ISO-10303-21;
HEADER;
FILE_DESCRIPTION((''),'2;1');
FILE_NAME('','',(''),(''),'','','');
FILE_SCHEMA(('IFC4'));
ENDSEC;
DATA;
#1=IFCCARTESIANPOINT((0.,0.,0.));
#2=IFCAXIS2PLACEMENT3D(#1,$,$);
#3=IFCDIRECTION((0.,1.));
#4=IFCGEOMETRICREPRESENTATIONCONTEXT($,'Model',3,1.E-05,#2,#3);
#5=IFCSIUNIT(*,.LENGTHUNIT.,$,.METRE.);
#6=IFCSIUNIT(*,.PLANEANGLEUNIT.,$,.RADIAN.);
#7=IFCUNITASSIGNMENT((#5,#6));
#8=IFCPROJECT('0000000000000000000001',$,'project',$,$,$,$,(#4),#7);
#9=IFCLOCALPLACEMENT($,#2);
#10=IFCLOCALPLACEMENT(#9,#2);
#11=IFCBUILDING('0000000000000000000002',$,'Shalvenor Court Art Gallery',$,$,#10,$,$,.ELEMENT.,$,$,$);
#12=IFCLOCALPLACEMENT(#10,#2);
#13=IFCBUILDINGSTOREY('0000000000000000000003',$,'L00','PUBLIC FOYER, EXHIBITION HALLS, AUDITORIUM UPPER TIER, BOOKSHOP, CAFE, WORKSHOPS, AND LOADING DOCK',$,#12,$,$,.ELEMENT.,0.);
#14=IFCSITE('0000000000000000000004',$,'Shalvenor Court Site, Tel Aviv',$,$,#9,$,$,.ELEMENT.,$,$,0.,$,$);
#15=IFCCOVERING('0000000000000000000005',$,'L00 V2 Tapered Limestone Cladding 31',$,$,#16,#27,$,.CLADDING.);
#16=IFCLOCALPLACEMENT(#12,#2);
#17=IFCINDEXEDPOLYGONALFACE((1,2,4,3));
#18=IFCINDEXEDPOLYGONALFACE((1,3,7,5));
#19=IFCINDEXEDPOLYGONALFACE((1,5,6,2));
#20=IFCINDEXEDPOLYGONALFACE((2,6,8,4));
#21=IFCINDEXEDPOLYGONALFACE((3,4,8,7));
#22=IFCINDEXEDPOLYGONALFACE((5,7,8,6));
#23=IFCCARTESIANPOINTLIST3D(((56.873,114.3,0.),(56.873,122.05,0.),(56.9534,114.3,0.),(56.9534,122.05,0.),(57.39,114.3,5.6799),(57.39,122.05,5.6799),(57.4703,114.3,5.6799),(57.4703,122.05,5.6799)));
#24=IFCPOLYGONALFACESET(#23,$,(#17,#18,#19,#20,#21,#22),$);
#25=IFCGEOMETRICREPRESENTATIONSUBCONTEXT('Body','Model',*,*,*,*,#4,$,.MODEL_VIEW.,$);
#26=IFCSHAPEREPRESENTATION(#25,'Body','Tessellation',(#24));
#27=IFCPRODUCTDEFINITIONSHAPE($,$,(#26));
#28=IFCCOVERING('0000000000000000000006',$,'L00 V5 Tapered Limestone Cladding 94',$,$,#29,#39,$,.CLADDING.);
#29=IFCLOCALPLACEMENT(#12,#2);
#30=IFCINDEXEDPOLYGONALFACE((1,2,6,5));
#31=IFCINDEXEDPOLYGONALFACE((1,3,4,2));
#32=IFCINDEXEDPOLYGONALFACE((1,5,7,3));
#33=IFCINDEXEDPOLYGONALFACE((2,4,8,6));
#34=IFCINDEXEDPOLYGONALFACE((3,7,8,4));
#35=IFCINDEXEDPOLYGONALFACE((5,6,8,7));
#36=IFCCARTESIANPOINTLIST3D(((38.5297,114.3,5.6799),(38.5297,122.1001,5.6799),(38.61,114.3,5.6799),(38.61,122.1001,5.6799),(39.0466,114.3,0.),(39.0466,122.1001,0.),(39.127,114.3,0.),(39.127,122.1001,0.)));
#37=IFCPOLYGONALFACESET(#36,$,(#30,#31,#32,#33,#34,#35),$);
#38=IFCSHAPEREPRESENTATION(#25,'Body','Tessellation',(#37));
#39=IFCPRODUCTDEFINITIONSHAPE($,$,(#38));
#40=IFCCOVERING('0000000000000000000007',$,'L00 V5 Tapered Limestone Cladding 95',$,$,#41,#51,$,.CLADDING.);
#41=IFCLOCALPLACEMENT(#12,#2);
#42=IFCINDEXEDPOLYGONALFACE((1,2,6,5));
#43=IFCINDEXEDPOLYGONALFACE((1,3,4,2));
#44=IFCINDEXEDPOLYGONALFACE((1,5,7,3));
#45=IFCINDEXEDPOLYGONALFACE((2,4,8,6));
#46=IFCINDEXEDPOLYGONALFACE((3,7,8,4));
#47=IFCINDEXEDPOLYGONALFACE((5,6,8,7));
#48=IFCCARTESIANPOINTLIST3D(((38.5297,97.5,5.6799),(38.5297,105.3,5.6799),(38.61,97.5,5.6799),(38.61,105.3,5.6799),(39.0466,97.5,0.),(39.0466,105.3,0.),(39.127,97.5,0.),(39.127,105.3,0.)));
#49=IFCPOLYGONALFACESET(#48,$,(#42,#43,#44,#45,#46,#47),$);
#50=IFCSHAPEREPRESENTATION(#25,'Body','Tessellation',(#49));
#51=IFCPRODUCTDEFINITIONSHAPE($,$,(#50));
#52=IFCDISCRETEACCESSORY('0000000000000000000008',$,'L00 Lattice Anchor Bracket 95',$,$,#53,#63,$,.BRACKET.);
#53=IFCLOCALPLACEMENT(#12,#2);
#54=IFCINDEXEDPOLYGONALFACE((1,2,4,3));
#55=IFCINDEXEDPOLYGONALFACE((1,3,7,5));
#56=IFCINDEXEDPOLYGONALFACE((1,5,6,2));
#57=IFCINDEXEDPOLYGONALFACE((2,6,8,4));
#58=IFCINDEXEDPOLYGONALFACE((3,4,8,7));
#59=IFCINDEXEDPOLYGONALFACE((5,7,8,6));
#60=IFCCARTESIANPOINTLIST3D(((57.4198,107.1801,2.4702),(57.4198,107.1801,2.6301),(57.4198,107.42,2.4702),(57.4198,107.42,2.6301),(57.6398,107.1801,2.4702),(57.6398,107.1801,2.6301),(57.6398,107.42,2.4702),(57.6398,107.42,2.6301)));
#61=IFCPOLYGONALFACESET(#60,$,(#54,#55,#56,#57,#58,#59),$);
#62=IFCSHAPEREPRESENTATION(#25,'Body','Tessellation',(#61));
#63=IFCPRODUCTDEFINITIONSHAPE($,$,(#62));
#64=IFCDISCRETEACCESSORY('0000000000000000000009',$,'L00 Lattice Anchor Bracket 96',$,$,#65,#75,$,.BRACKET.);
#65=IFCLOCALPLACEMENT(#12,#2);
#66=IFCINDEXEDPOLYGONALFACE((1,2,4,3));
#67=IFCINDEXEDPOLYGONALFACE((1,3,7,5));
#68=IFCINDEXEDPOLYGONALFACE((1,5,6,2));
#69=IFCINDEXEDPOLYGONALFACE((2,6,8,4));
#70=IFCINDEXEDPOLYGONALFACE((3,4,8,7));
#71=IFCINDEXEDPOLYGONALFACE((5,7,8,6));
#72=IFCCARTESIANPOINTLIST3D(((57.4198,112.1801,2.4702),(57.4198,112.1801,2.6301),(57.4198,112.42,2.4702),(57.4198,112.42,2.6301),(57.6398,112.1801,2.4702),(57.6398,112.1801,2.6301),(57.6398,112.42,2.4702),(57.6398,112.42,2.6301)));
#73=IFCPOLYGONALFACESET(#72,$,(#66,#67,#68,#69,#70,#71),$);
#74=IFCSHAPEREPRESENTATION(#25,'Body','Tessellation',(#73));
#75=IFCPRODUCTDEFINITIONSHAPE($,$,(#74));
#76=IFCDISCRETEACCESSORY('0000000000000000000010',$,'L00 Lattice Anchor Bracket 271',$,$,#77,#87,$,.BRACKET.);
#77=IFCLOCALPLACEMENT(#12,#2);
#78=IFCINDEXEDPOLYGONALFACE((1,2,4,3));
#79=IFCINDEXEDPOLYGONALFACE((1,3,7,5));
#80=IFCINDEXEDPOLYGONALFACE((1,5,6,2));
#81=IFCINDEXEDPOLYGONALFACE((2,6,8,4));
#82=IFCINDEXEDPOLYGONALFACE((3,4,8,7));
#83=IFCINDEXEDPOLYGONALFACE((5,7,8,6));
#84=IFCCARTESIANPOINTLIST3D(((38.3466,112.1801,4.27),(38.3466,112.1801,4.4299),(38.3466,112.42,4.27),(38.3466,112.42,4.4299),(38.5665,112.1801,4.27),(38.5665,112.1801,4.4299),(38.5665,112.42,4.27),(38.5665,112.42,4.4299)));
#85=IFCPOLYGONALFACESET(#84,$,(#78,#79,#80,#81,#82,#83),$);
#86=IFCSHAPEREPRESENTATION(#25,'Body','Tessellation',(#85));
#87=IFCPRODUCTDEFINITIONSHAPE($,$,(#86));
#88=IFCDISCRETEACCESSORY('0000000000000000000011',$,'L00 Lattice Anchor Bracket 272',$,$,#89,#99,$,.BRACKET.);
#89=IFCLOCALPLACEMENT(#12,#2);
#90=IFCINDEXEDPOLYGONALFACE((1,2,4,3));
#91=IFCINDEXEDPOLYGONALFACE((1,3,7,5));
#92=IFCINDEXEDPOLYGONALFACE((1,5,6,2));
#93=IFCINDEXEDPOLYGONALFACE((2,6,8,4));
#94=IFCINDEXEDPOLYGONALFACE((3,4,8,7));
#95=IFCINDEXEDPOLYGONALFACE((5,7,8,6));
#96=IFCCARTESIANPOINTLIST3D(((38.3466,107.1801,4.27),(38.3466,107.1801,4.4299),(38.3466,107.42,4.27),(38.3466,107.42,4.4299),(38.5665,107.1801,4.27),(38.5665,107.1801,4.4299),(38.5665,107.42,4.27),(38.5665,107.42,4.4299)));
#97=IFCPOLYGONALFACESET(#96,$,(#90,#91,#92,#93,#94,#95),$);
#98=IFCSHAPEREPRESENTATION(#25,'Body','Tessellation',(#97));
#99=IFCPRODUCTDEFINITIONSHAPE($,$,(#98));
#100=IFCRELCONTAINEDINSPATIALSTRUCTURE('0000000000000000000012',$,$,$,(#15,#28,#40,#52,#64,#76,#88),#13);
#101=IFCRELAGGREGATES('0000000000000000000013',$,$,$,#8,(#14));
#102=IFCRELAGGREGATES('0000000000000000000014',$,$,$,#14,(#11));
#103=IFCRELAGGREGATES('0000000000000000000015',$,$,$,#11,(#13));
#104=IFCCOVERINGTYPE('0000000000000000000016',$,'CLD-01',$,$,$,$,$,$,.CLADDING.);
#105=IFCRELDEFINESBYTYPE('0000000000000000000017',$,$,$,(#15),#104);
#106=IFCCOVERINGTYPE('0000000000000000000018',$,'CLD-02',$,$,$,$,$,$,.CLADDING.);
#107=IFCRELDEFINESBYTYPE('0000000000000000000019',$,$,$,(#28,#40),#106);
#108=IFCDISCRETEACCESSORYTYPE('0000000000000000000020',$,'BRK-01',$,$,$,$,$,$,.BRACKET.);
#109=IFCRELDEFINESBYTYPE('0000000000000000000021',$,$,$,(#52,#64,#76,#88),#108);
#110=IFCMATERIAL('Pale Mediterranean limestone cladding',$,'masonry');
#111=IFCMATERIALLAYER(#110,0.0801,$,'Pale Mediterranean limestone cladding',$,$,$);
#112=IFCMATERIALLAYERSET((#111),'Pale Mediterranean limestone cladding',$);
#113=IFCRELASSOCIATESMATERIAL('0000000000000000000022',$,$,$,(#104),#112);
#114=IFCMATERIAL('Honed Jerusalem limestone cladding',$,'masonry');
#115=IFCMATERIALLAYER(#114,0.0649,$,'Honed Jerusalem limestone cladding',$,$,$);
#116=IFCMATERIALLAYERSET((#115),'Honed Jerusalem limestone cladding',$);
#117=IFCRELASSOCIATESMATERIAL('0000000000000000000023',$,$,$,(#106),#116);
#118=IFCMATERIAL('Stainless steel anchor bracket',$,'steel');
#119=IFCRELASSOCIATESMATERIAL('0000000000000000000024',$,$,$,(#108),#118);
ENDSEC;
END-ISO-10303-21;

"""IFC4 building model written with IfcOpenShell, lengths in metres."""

from ifc_helpers import new_model, si_unit, direction, frame, origin, origin_2d, place, context, subcontext, project, spatial, polyline, rectangle, outline, extrude, material, layer, layer_set, type_object, element, save


model = new_model("IFC4")

# Units and contexts
model_context = context("Model", 3, precision=1e-05, world=origin(), true_north=direction((0.0, 1.0)))
body_context = subcontext(model_context, "Body", "Model", "MODEL_VIEW")
ifc_project = project(units=[si_unit("LENGTHUNIT", "METRE"), si_unit("PLANEANGLEUNIT", "RADIAN")], contexts=[model_context])

# Site, building, storey
site_placement = place(None, origin())
site = spatial("IfcSite", under=ifc_project, at=site_placement, Name="Shalvenor Court Site, Tel Aviv", CompositionType="ELEMENT", RefElevation=0.0)
building_placement = place(site_placement, origin())
building = spatial("IfcBuilding", under=site, at=building_placement, Name="Shalvenor Court Art Gallery", CompositionType="ELEMENT")
storey_placement = place(building_placement, origin())
storey = spatial("IfcBuildingStorey", under=building, at=storey_placement, Name="L00", Description="PUBLIC FOYER, EXHIBITION HALLS, AUDITORIUM UPPER TIER, BOOKSHOP, CAFE, WORKSHOPS, AND LOADING DOCK", CompositionType="ELEMENT", Elevation=0.0)

# Coverings
ifc_material_1 = material(Name="Pale Mediterranean limestone cladding", Category="masonry")
ifc_layer_1 = layer(ifc_material_1, 0.0801, Name="Pale Mediterranean limestone cladding")
ifc_layer_set_1 = layer_set([ifc_layer_1], Name="Pale Mediterranean limestone cladding")
covering_type_1 = type_object("IfcCoveringType", Name="CLD-01", PredefinedType="CLADDING", material=ifc_layer_set_1)
for number, where, z_axis, x_axis, name in (
    (1, (56.873, 122.05, 0.0), (0.0, 0.0, 1.0), (0.0, -1.0, 0.0), "L00 V2 Tapered Limestone Cladding 31"),
):
    element("IfcCovering", number, at=place(storey_placement, frame(where, z_axis=z_axis, x_axis=x_axis)), inside=storey, type_object=covering_type_1, Name=name, PredefinedType="CLADDING", context=body_context, shape_type="SweptSolid", body=[
        extrude(outline(polyline([(0.0, 0.0), (7.75, 0.0), (7.75, 5.7034), (0.0, 5.7034), (0.0, 0.0)])), frame((0.0, 0.0, 0.0), z_axis=(0.0, -0.995884, 0.090633), x_axis=(1.0, 0.0, 0.0)), (0.0, 0.090633, -0.995884), 0.0803),
    ])
ifc_material_2 = material(Name="Honed Jerusalem limestone cladding", Category="masonry")
ifc_layer_2 = layer(ifc_material_2, 0.0649, Name="Honed Jerusalem limestone cladding")
ifc_layer_set_2 = layer_set([ifc_layer_2], Name="Honed Jerusalem limestone cladding")
covering_type_2 = type_object("IfcCoveringType", Name="CLD-02", PredefinedType="CLADDING", material=ifc_layer_set_2)
for number, where, z_axis, x_axis, name in (
    (2, (39.127, 114.3, 0.0), (0.0, 0.0, 1.0), (0.0, 1.0, 0.0), "L00 V5 Tapered Limestone Cladding 94"),
    (3, (39.127, 97.5, 0.0), (0.0, 0.0, 1.0), (0.0, 1.0, 0.0), "L00 V5 Tapered Limestone Cladding 95"),
):
    element("IfcCovering", number, at=place(storey_placement, frame(where, z_axis=z_axis, x_axis=x_axis)), inside=storey, type_object=covering_type_2, Name=name, PredefinedType="CLADDING", context=body_context, shape_type="SweptSolid", body=[
        extrude(outline(polyline([(0.0, 0.0), (7.8, 0.0), (7.8, 5.7034), (0.0, 5.7034), (0.0, 0.0)])), frame((0.0, 0.0, 0.0), z_axis=(0.0, -0.995884, 0.090633), x_axis=(1.0, 0.0, 0.0)), (0.0, 0.090633, -0.995884), 0.0803),
    ])

# Discrete accessories
ifc_material_3 = material(Name="Stainless steel anchor bracket", Category="steel")
discrete_accessory_type = type_object("IfcDiscreteAccessoryType", Name="BRK-01", PredefinedType="BRACKET", material=ifc_material_3)
for number, where, z_axis, x_axis, name in (
    (4, (57.5298, 107.3, 2.4702), (0.0, 0.0, 1.0), (0.0, 1.0, 0.0), "L00 Lattice Anchor Bracket 95"),
    (5, (57.5298, 112.3, 2.4702), (0.0, 0.0, 1.0), (0.0, 1.0, 0.0), "L00 Lattice Anchor Bracket 96"),
    (6, (38.4565, 112.3, 4.27), (0.0, 0.0, 1.0), (0.0, -1.0, 0.0), "L00 Lattice Anchor Bracket 271"),
    (7, (38.4565, 107.3, 4.27), (0.0, 0.0, 1.0), (0.0, -1.0, 0.0), "L00 Lattice Anchor Bracket 272"),
):
    element("IfcDiscreteAccessory", number, at=place(storey_placement, frame(where, z_axis=z_axis, x_axis=x_axis)), inside=storey, type_object=discrete_accessory_type, Name=name, PredefinedType="BRACKET", context=body_context, shape_type="SweptSolid", body=[
        extrude(rectangle(XDim=0.24, YDim=0.22, at=origin_2d()), origin(), (0.0, 0.0, 1.0), 0.1599),
    ])

save(model, "model.ifc")
